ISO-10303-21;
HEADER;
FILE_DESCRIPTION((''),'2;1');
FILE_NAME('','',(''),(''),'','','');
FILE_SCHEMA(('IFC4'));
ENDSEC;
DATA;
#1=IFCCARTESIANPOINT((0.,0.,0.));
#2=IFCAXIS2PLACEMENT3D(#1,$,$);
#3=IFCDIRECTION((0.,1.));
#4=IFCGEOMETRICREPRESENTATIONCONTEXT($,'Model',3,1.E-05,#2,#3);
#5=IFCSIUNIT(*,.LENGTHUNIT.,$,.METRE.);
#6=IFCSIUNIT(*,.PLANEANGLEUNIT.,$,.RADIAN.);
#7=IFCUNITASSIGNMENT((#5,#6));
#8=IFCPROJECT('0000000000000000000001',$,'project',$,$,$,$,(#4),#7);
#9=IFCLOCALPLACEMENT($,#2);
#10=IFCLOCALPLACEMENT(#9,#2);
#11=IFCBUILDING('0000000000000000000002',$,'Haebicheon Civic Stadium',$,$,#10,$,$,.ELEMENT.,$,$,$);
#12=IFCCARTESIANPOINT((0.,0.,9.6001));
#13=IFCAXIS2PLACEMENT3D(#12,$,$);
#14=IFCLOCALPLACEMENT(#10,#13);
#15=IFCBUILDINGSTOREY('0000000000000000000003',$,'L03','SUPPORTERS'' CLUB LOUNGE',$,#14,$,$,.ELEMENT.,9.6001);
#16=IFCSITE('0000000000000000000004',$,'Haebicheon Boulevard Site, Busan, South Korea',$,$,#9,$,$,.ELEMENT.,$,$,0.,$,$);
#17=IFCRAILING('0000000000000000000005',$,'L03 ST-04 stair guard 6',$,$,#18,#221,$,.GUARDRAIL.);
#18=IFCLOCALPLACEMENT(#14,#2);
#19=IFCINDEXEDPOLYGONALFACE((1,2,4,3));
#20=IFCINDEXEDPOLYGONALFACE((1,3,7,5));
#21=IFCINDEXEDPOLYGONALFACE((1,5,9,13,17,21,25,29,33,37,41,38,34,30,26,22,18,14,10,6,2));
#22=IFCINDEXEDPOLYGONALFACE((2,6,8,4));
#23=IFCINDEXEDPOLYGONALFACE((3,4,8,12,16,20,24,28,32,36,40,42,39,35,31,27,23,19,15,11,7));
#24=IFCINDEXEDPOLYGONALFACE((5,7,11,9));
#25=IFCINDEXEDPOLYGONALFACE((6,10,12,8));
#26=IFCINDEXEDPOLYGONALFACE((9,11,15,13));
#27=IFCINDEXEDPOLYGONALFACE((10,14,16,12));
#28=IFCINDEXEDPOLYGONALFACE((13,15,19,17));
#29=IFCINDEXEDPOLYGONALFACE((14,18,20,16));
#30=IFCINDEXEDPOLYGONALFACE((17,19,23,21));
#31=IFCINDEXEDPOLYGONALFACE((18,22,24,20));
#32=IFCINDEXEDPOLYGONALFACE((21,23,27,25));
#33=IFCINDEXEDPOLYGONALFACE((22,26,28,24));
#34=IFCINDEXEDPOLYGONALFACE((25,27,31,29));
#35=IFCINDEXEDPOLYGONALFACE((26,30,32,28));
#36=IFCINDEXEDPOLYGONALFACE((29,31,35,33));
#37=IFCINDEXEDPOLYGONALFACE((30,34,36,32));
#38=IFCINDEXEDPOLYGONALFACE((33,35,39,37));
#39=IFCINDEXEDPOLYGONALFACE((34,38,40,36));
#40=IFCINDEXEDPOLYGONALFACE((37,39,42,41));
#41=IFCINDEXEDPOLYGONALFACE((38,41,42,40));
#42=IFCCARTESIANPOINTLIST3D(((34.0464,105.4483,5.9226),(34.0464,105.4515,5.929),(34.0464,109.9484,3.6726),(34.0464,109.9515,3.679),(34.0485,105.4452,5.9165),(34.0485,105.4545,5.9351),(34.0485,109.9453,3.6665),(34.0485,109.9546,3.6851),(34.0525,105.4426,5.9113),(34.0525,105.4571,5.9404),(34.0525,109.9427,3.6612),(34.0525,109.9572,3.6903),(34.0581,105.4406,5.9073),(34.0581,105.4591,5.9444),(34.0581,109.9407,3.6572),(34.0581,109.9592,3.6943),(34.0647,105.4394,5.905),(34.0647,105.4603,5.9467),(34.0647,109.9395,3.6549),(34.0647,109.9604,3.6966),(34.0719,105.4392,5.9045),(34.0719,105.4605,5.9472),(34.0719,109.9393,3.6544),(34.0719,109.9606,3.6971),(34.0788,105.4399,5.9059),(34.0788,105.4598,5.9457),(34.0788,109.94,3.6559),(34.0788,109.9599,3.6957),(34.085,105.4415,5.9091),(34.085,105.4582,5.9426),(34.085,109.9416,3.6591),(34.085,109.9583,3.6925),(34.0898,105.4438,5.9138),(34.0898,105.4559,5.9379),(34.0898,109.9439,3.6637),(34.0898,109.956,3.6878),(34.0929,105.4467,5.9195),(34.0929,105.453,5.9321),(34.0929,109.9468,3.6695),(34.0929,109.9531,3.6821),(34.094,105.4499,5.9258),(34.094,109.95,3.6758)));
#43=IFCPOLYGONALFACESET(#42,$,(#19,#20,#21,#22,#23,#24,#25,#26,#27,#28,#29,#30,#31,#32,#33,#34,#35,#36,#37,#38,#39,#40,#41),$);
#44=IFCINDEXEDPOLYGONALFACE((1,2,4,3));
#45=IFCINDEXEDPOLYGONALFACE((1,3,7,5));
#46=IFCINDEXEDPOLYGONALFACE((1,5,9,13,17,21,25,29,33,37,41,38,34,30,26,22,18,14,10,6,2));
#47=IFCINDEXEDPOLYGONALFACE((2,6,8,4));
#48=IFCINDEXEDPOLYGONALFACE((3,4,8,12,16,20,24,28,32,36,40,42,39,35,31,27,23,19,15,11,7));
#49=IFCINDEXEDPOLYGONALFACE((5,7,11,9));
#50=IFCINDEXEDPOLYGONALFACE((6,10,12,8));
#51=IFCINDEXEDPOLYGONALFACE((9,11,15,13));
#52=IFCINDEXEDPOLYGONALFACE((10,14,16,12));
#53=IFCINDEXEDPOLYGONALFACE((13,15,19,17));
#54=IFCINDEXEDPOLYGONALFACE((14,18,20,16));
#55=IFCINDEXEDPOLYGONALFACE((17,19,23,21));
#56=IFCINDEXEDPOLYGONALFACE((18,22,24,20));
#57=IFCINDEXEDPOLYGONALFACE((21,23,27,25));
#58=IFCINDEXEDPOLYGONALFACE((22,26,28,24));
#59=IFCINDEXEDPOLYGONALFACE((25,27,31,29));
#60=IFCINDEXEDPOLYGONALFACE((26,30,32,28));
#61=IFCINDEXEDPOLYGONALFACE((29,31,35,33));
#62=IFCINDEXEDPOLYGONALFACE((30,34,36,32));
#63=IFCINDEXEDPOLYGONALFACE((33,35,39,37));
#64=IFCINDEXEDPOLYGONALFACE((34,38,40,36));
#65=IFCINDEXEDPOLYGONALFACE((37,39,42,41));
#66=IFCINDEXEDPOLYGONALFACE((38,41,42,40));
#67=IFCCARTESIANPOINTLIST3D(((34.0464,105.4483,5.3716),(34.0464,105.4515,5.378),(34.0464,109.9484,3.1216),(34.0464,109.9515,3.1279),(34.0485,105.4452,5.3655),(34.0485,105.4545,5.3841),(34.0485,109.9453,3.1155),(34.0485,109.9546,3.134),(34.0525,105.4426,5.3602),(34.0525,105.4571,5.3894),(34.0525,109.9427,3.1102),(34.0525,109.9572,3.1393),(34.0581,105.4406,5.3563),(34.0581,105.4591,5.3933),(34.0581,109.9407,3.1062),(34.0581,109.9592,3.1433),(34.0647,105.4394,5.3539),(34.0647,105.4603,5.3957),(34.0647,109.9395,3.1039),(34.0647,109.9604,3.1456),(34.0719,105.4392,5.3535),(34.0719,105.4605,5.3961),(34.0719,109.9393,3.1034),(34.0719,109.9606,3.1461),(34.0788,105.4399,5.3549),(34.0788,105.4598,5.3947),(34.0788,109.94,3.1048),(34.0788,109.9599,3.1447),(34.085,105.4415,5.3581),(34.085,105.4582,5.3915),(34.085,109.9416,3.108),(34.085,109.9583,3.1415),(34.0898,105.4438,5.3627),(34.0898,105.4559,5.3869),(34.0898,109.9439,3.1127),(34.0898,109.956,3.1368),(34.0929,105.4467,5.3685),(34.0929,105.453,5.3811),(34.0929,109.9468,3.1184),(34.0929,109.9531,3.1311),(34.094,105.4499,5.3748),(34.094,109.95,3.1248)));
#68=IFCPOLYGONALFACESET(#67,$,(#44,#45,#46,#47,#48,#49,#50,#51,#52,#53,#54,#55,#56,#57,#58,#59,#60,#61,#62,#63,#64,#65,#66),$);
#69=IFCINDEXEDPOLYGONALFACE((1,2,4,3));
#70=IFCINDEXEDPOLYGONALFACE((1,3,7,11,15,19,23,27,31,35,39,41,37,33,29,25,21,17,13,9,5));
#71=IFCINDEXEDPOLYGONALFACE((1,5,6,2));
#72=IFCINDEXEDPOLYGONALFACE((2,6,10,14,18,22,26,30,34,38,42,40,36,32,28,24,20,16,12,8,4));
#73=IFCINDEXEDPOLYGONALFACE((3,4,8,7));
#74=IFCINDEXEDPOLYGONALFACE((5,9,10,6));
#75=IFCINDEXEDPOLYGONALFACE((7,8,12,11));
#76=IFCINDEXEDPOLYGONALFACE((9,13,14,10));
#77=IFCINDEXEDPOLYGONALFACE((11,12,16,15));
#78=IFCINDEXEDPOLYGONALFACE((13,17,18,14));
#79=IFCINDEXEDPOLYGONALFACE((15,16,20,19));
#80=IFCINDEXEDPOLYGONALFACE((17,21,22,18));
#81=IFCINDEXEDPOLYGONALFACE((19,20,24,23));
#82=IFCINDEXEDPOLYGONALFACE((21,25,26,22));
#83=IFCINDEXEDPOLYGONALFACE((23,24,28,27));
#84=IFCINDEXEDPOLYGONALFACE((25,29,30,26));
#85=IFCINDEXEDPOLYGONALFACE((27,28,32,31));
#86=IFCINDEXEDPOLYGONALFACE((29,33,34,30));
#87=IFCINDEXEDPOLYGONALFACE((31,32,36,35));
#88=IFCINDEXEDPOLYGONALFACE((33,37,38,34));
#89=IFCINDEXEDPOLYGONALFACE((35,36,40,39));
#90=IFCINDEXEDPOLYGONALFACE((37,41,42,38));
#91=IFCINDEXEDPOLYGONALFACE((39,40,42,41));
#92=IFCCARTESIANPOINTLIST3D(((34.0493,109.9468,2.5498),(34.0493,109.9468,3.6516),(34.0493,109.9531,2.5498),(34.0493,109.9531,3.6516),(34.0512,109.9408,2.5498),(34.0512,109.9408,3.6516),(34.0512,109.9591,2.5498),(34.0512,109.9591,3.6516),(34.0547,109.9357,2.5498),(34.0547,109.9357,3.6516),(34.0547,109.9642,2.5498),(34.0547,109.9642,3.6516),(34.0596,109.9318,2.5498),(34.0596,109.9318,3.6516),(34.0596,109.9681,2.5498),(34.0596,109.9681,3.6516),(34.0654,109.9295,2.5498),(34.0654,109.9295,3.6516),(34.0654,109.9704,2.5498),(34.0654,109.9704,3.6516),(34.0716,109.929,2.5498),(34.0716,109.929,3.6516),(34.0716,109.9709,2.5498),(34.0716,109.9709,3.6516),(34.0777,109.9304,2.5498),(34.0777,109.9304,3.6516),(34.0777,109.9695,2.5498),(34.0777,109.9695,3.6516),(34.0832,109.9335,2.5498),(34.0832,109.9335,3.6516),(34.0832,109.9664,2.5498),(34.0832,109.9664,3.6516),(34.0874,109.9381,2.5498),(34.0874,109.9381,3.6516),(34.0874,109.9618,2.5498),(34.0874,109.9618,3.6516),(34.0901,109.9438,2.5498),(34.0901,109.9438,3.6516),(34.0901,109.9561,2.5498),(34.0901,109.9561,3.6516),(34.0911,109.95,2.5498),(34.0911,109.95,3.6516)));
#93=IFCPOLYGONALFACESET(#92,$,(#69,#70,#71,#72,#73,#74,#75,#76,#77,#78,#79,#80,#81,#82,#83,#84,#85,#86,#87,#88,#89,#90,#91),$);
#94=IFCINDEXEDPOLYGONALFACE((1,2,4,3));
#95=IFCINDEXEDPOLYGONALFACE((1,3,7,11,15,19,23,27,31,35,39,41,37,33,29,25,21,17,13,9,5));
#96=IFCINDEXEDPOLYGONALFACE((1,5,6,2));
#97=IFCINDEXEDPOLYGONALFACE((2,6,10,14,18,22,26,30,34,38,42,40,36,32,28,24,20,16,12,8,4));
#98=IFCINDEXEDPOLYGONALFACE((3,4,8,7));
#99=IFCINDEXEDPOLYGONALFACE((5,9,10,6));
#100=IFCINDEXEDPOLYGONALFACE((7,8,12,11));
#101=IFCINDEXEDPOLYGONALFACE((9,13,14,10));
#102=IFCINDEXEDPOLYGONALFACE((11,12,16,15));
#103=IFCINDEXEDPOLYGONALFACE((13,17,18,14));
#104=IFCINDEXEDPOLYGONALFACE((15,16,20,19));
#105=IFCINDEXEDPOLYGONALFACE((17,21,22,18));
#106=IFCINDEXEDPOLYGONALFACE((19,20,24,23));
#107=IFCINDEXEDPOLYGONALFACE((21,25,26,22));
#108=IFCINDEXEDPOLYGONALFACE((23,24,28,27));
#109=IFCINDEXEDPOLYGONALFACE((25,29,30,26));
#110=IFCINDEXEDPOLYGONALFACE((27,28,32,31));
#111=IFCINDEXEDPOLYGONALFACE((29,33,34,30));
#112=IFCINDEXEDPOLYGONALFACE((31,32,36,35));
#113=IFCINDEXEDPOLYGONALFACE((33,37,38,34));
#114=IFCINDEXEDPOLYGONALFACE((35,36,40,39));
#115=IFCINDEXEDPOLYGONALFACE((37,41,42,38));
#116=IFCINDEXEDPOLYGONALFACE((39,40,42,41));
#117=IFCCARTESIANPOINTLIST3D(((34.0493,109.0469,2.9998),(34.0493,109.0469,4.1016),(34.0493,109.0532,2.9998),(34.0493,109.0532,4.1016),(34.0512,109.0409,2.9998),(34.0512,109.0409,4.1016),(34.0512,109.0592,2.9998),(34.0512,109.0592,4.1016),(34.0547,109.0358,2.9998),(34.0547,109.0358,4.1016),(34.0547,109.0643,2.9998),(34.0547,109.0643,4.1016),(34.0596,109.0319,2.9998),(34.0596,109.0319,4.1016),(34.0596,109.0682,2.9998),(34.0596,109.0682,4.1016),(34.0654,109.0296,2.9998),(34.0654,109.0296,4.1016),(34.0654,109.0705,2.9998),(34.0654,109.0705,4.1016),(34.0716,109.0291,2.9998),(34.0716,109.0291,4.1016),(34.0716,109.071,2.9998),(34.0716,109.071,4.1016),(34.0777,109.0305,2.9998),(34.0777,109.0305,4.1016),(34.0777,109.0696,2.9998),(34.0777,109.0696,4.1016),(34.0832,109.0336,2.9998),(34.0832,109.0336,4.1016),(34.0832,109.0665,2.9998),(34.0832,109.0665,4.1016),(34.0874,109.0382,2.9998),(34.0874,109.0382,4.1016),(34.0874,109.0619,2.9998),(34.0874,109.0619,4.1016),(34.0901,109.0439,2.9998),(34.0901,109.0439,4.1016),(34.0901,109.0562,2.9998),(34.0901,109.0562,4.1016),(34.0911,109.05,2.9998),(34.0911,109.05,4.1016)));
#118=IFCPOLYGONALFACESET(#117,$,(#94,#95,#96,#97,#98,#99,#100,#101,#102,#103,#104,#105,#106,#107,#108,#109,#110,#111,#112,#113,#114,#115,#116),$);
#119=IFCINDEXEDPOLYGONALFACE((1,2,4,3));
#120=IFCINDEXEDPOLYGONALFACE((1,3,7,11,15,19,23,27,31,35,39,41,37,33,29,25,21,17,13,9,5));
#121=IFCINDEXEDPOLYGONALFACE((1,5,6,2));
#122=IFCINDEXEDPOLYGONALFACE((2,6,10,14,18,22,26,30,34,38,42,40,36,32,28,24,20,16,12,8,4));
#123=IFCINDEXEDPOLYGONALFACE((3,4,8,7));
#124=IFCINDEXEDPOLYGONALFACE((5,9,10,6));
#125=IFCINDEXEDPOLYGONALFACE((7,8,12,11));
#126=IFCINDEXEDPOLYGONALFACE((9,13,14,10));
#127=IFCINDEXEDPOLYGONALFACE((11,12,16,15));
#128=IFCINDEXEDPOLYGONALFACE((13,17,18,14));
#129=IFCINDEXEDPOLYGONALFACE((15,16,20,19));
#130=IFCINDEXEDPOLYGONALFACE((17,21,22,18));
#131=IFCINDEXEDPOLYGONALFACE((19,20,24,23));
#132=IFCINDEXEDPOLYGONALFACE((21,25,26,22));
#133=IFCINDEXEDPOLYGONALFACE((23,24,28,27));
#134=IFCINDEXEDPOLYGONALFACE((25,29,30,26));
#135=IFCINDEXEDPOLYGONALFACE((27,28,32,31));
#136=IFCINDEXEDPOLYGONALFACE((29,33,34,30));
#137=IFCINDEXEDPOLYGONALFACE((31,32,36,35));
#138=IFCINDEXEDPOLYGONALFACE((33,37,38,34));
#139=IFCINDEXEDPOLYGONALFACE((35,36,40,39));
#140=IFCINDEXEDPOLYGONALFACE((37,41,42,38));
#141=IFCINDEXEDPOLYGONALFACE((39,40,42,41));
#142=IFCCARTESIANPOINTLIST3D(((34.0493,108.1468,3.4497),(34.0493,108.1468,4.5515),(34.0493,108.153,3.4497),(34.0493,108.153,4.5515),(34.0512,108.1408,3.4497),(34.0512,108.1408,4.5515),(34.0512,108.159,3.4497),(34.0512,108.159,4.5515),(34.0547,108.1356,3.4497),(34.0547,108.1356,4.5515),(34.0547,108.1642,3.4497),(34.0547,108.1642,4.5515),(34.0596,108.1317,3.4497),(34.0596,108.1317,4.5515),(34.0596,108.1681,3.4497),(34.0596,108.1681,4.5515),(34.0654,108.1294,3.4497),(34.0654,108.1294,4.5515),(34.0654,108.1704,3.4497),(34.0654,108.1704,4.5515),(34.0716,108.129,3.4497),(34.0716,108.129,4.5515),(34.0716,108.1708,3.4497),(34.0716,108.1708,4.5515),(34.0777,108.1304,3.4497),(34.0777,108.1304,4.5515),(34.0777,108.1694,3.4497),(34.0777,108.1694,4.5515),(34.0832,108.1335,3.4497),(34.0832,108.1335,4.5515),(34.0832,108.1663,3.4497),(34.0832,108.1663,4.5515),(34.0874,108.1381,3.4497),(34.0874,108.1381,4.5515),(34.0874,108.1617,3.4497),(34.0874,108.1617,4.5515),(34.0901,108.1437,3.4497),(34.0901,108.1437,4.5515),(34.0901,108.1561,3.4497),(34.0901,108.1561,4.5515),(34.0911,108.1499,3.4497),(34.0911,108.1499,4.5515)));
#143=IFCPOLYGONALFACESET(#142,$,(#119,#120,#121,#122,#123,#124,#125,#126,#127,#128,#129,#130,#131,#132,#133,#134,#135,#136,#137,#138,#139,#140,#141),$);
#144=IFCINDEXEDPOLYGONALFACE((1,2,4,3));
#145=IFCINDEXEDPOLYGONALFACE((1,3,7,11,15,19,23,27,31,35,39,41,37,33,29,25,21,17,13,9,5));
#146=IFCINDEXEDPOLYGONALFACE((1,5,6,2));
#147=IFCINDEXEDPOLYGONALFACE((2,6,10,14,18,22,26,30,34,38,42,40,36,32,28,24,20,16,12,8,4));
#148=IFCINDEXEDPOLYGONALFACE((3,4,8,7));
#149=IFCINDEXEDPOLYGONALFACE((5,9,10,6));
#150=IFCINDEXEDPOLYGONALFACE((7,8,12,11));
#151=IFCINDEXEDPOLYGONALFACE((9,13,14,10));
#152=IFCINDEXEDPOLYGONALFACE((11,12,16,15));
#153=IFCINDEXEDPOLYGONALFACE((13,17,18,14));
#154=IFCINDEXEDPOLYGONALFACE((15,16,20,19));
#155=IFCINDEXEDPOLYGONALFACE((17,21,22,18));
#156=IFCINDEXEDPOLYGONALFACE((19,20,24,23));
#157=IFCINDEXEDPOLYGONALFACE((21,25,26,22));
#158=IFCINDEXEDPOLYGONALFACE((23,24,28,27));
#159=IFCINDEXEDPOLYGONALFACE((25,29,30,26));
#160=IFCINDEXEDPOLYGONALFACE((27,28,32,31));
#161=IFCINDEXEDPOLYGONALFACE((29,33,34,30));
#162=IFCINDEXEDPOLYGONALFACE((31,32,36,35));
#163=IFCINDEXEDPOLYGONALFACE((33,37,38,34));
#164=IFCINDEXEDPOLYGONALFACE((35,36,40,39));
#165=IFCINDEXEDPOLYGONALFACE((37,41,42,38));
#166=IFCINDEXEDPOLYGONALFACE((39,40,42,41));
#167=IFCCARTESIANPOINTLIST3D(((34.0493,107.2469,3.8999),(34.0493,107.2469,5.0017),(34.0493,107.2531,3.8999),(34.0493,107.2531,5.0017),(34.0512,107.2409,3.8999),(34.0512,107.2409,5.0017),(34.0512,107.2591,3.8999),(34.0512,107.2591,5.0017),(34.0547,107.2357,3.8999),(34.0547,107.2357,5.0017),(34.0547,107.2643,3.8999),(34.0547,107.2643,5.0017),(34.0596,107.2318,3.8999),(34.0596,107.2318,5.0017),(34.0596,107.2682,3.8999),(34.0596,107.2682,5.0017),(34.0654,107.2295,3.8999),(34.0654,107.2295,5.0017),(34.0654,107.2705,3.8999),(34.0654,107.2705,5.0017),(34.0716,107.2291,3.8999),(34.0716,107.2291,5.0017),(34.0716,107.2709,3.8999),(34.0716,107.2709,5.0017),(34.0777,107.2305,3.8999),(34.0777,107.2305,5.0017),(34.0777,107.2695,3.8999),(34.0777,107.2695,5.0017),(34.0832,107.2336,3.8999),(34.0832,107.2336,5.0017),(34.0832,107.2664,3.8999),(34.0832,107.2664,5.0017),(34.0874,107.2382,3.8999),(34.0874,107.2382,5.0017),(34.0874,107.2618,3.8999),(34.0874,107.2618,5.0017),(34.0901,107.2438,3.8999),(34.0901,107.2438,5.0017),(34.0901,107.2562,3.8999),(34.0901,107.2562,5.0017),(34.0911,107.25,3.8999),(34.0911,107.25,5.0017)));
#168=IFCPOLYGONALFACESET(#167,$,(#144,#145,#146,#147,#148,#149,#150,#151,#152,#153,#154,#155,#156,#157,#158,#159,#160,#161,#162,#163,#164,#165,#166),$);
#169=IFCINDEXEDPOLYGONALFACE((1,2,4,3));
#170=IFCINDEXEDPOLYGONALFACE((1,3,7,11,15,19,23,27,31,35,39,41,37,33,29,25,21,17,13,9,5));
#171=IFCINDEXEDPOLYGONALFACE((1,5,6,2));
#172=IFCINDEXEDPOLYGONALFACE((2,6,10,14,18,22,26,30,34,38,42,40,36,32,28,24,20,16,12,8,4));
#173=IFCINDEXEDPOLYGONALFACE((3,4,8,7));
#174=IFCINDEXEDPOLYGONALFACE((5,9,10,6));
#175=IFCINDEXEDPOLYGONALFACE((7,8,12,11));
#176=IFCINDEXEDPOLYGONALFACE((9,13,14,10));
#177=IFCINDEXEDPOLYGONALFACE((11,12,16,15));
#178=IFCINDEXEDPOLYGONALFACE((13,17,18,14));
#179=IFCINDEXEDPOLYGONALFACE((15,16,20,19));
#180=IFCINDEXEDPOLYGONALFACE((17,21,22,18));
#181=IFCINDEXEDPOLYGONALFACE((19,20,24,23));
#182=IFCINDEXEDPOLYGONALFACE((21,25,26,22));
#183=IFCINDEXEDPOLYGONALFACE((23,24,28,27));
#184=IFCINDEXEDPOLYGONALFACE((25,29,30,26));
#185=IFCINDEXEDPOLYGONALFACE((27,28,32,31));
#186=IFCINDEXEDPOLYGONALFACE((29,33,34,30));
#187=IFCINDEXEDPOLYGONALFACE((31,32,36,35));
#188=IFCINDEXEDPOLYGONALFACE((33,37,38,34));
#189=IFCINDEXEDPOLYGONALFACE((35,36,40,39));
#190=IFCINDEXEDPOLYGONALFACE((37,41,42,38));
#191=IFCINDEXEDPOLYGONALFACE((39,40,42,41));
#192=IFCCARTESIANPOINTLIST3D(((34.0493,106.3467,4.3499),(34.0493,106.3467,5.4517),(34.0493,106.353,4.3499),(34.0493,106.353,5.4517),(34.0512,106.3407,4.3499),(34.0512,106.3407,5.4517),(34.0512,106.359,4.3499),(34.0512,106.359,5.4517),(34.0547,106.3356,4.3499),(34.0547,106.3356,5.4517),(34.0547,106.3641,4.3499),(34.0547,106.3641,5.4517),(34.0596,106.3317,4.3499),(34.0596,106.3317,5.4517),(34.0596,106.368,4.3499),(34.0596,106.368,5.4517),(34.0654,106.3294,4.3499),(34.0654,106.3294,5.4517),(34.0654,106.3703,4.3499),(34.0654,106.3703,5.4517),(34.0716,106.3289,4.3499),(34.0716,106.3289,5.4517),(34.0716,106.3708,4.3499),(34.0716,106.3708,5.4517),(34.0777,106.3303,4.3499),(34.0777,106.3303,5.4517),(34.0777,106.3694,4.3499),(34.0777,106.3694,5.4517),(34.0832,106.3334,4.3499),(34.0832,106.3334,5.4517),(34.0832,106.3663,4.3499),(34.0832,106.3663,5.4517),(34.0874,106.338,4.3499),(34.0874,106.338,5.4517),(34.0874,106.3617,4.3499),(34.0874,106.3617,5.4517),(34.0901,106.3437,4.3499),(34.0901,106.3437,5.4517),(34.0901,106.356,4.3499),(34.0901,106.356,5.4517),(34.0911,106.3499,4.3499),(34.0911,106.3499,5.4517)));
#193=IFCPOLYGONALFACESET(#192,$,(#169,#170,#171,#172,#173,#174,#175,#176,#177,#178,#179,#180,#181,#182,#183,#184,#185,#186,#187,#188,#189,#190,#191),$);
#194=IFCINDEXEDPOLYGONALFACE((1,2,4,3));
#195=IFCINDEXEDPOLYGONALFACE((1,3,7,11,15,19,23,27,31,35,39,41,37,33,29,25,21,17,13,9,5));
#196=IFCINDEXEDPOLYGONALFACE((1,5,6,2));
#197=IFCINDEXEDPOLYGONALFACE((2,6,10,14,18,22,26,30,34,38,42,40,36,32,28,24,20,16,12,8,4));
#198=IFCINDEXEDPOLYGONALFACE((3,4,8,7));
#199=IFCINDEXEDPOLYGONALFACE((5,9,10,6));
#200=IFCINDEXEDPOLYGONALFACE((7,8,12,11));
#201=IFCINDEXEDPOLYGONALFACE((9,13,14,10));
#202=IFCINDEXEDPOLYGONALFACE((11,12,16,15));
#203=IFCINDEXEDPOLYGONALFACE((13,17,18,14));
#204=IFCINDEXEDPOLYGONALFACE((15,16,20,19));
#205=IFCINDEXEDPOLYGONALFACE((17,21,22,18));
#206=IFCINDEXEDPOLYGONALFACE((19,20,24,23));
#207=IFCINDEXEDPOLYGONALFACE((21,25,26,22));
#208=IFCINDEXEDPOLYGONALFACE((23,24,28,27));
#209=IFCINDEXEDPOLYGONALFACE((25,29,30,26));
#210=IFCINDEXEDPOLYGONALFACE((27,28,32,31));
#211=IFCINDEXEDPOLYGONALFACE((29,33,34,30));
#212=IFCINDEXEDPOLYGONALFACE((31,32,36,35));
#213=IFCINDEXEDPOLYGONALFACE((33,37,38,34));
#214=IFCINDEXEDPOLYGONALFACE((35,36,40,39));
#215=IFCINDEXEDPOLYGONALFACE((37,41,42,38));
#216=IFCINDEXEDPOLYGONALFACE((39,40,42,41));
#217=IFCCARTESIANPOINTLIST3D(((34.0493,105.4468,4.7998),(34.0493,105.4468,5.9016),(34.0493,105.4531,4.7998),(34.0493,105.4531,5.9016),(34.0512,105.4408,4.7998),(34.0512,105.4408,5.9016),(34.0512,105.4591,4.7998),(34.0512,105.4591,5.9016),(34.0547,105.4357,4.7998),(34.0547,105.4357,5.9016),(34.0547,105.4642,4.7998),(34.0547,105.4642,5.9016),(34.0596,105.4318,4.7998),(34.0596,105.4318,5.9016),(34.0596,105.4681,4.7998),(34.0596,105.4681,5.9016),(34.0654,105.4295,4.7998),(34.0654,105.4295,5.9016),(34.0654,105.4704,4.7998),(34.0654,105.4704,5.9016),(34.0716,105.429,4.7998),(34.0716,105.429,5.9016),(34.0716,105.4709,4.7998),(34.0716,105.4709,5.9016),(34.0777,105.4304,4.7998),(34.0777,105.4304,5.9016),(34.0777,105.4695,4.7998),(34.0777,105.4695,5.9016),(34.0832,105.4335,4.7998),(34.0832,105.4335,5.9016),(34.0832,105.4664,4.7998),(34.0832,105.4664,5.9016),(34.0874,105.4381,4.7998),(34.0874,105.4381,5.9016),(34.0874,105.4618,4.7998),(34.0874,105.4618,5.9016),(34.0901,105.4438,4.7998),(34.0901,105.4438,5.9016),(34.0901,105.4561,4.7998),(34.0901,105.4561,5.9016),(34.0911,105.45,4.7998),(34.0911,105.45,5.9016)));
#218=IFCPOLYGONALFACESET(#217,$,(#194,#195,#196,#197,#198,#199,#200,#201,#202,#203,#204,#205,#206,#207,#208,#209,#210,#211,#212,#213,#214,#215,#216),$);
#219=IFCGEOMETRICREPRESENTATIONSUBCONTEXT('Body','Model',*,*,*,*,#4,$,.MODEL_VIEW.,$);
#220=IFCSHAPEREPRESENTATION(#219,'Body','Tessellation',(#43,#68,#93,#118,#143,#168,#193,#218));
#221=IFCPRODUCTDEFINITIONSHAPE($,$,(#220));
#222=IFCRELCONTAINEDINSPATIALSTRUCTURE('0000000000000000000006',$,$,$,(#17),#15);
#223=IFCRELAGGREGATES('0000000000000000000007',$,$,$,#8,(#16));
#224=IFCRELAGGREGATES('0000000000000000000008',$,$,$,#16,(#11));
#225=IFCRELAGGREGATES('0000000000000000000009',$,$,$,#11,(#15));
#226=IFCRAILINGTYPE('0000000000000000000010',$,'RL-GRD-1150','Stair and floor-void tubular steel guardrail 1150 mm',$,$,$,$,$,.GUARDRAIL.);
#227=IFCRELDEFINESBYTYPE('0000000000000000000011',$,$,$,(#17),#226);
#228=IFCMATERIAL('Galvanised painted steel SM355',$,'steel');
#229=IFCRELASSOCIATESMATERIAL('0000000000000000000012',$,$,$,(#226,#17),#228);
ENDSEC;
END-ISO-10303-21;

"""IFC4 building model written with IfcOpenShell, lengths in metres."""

from ifc_helpers import new_model, si_unit, direction, frame, origin, origin_2d, place, context, subcontext, project, spatial, circle, extrude, material, type_object, element, save


model = new_model("IFC4")

# Units and contexts
model_context = context("Model", 3, precision=1e-05, world=origin(), true_north=direction((0.0, 1.0)))
body_context = subcontext(model_context, "Body", "Model", "MODEL_VIEW")
ifc_project = project(units=[si_unit("LENGTHUNIT", "METRE"), si_unit("PLANEANGLEUNIT", "RADIAN")], contexts=[model_context])

# Site, building, storey
site_placement = place(None, origin())
site = spatial("IfcSite", under=ifc_project, at=site_placement, Name="Haebicheon Boulevard Site, Busan, South Korea", CompositionType="ELEMENT", RefElevation=0.0)
building_placement = place(site_placement, origin())
building = spatial("IfcBuilding", under=site, at=building_placement, Name="Haebicheon Civic Stadium", CompositionType="ELEMENT")
storey_placement = place(building_placement, frame((0.0, 0.0, 9.6001)))
storey = spatial("IfcBuildingStorey", under=building, at=storey_placement, Name="L03", Description="SUPPORTERS' CLUB LOUNGE", CompositionType="ELEMENT", Elevation=9.6001)

# Railing
ifc_material_1 = material(Name="Galvanised painted steel SM355", Category="steel")
railing_type_1 = type_object("IfcRailingType", Name="RL-GRD-1150", Description="Stair and floor-void tubular steel guardrail 1150 mm", PredefinedType="GUARDRAIL", material=ifc_material_1)
railing_1_placement = place(storey_placement, frame((34.0701, 109.95, 2.5498)))
element("IfcRailing", 1, at=railing_1_placement, inside=storey, type_object=railing_type_1, material=ifc_material_1, Name="L03 ST-04 stair guard 6", PredefinedType="GUARDRAIL", context=body_context, shape_type="SweptSolid", body=[
    extrude(circle(Radius=0.0239, at=origin_2d()), frame((0.0, 0.0, 1.126), z_axis=(0.0, -0.894427, 0.447214), x_axis=(1.0, 0.0, 0.0)), (0.0, 0.0, 1.0), 5.0312),
    extrude(circle(Radius=0.0239, at=origin_2d()), frame((0.0, 0.0, 0.575), z_axis=(0.0, -0.894427, 0.447214), x_axis=(1.0, 0.0, 0.0)), (0.0, 0.0, 1.0), 5.0312),
    extrude(circle(Radius=0.021, at=origin_2d()), origin(), (0.0, 0.0, 1.0), 1.1018),
    extrude(circle(Radius=0.021, at=origin_2d()), frame((0.0, -0.8999, 0.45)), (0.0, 0.0, 1.0), 1.1018),
    extrude(circle(Radius=0.021, at=origin_2d()), frame((0.0, -1.8, 0.8999)), (0.0, 0.0, 1.0), 1.1018),
    extrude(circle(Radius=0.021, at=origin_2d()), frame((0.0, -2.7, 1.3501)), (0.0, 0.0, 1.0), 1.1018),
    extrude(circle(Radius=0.021, at=origin_2d()), frame((0.0, -3.6001, 1.8)), (0.0, 0.0, 1.0), 1.1018),
    extrude(circle(Radius=0.021, at=origin_2d()), frame((0.0, -4.5, 2.25)), (0.0, 0.0, 1.0), 1.1018),
])

save(model, "model.ifc")
